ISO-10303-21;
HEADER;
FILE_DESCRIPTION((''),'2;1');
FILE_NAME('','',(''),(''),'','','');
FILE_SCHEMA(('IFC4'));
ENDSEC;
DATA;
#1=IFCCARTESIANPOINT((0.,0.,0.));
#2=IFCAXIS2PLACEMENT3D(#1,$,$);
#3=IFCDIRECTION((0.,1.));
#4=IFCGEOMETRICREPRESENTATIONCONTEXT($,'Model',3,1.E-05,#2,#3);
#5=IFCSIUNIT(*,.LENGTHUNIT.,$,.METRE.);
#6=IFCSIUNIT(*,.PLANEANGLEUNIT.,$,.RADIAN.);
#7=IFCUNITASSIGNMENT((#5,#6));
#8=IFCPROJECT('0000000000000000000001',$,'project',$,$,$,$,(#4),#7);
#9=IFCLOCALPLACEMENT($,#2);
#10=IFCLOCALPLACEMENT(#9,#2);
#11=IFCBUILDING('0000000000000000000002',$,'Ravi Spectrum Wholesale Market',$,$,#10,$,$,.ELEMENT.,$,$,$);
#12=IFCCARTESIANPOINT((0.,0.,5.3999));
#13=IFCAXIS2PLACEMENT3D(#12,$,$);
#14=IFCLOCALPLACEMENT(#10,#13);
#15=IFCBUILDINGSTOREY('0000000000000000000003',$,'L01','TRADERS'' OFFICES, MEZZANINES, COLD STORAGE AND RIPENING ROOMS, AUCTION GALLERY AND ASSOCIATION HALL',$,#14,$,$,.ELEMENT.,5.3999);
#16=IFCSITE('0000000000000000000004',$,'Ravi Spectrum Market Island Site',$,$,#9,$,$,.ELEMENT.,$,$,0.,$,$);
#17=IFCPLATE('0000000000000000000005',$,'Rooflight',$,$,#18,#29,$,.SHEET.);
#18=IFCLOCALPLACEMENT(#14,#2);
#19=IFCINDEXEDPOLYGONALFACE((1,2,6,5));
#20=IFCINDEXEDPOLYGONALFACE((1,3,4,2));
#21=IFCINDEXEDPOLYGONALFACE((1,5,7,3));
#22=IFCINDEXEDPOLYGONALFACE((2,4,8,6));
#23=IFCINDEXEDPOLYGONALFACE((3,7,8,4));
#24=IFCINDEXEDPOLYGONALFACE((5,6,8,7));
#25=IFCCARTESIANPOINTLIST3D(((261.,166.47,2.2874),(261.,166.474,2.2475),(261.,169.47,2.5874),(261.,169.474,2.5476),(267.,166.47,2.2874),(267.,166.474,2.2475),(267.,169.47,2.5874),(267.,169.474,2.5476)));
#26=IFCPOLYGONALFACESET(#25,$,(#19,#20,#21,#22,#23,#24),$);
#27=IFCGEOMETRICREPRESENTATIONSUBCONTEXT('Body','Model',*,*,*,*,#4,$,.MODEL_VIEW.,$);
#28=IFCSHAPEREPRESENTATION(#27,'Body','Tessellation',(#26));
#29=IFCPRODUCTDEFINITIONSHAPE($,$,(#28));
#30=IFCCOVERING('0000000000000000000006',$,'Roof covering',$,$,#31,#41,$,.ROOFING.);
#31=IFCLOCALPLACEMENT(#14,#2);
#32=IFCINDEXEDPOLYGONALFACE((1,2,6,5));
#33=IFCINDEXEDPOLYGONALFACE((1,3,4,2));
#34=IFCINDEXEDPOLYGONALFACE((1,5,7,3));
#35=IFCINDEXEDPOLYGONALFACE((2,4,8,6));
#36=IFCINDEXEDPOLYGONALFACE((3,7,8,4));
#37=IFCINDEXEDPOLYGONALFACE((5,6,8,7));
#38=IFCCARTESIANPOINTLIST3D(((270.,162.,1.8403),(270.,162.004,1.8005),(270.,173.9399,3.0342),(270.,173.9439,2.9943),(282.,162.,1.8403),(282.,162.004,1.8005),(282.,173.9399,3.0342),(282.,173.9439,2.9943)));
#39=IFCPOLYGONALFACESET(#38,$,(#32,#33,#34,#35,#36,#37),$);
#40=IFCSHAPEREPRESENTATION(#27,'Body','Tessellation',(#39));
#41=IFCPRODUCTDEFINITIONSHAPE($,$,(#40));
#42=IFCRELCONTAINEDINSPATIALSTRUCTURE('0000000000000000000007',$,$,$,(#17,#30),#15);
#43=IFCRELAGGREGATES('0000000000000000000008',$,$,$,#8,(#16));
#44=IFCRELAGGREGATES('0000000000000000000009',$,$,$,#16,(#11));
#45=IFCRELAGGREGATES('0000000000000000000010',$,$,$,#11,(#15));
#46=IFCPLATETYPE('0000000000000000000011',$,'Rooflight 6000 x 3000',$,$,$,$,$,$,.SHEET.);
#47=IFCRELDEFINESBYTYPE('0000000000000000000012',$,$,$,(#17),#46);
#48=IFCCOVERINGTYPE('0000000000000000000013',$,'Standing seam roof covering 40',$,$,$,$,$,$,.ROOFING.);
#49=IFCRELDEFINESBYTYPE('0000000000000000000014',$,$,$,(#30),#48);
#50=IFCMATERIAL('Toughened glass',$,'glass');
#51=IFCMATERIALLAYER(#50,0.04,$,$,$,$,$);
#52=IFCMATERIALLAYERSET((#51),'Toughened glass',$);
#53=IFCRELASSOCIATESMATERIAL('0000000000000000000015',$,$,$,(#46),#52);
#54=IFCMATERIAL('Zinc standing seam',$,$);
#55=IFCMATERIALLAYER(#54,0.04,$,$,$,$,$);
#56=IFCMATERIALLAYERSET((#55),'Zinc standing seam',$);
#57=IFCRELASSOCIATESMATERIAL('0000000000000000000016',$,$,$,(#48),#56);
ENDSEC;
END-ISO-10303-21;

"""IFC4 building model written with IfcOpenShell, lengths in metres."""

from ifc_helpers import new_model, si_unit, direction, frame, origin, place, context, subcontext, project, spatial, polyline, outline, extrude, material, layer, layer_set, type_object, element, save


model = new_model("IFC4")

# Units and contexts
model_context = context("Model", 3, precision=1e-05, world=origin(), true_north=direction((0.0, 1.0)))
body_context = subcontext(model_context, "Body", "Model", "MODEL_VIEW")
ifc_project = project(units=[si_unit("LENGTHUNIT", "METRE"), si_unit("PLANEANGLEUNIT", "RADIAN")], contexts=[model_context])

# Site, building, storey
site_placement = place(None, origin())
site = spatial("IfcSite", under=ifc_project, at=site_placement, Name="Ravi Spectrum Market Island Site", CompositionType="ELEMENT", RefElevation=0.0)
building_placement = place(site_placement, origin())
building = spatial("IfcBuilding", under=site, at=building_placement, Name="Ravi Spectrum Wholesale Market", CompositionType="ELEMENT")
storey_placement = place(building_placement, frame((0.0, 0.0, 5.3999)))
storey = spatial("IfcBuildingStorey", under=building, at=storey_placement, Name="L01", Description="TRADERS' OFFICES, MEZZANINES, COLD STORAGE AND RIPENING ROOMS, AUCTION GALLERY AND ASSOCIATION HALL", CompositionType="ELEMENT", Elevation=5.3999)

# Plate
ifc_material_1 = material(Name="Toughened glass", Category="glass")
ifc_layer_1 = layer(ifc_material_1, 0.04)
ifc_layer_set_1 = layer_set([ifc_layer_1], Name="Toughened glass")
plate_type = type_object("IfcPlateType", Name="Rooflight 6000 x 3000", PredefinedType="SHEET", material=ifc_layer_set_1)
plate_placement = place(storey_placement, frame((261.0, 166.47, 2.2874), z_axis=(0.0, -0.09952, 0.995036), x_axis=(1.0, 0.0, 0.0)))
element("IfcPlate", 1, at=plate_placement, inside=storey, type_object=plate_type, Name="Rooflight", PredefinedType="SHEET", context=body_context, shape_type="SweptSolid", body=[
    extrude(outline(polyline([(0.0, 0.0), (6.0, 0.0), (6.0, 3.015), (0.0, 3.015), (0.0, 0.0)])), origin(), (0.0, 0.0, -1.0), 0.04),
])

# Covering
ifc_material_2 = material(Name="Zinc standing seam")
ifc_layer_2 = layer(ifc_material_2, 0.04)
ifc_layer_set_2 = layer_set([ifc_layer_2], Name="Zinc standing seam")
covering_type = type_object("IfcCoveringType", Name="Standing seam roof covering 40", PredefinedType="ROOFING", material=ifc_layer_set_2)
covering_placement = place(storey_placement, frame((270.0, 173.9399, 3.0342), z_axis=(0.0, -0.099492, 0.995038), x_axis=(1.0, 0.0, 0.0)))
element("IfcCovering", 2, at=covering_placement, inside=storey, type_object=covering_type, Name="Roof covering", PredefinedType="ROOFING", context=body_context, shape_type="SweptSolid", body=[
    extrude(outline(polyline([(0.0, 0.0), (12.0, 0.0), (12.0, -11.9995), (0.0, -11.9995), (0.0, 0.0)])), origin(), (0.0, 0.0, -1.0), 0.04),
])

save(model, "model.ifc")
